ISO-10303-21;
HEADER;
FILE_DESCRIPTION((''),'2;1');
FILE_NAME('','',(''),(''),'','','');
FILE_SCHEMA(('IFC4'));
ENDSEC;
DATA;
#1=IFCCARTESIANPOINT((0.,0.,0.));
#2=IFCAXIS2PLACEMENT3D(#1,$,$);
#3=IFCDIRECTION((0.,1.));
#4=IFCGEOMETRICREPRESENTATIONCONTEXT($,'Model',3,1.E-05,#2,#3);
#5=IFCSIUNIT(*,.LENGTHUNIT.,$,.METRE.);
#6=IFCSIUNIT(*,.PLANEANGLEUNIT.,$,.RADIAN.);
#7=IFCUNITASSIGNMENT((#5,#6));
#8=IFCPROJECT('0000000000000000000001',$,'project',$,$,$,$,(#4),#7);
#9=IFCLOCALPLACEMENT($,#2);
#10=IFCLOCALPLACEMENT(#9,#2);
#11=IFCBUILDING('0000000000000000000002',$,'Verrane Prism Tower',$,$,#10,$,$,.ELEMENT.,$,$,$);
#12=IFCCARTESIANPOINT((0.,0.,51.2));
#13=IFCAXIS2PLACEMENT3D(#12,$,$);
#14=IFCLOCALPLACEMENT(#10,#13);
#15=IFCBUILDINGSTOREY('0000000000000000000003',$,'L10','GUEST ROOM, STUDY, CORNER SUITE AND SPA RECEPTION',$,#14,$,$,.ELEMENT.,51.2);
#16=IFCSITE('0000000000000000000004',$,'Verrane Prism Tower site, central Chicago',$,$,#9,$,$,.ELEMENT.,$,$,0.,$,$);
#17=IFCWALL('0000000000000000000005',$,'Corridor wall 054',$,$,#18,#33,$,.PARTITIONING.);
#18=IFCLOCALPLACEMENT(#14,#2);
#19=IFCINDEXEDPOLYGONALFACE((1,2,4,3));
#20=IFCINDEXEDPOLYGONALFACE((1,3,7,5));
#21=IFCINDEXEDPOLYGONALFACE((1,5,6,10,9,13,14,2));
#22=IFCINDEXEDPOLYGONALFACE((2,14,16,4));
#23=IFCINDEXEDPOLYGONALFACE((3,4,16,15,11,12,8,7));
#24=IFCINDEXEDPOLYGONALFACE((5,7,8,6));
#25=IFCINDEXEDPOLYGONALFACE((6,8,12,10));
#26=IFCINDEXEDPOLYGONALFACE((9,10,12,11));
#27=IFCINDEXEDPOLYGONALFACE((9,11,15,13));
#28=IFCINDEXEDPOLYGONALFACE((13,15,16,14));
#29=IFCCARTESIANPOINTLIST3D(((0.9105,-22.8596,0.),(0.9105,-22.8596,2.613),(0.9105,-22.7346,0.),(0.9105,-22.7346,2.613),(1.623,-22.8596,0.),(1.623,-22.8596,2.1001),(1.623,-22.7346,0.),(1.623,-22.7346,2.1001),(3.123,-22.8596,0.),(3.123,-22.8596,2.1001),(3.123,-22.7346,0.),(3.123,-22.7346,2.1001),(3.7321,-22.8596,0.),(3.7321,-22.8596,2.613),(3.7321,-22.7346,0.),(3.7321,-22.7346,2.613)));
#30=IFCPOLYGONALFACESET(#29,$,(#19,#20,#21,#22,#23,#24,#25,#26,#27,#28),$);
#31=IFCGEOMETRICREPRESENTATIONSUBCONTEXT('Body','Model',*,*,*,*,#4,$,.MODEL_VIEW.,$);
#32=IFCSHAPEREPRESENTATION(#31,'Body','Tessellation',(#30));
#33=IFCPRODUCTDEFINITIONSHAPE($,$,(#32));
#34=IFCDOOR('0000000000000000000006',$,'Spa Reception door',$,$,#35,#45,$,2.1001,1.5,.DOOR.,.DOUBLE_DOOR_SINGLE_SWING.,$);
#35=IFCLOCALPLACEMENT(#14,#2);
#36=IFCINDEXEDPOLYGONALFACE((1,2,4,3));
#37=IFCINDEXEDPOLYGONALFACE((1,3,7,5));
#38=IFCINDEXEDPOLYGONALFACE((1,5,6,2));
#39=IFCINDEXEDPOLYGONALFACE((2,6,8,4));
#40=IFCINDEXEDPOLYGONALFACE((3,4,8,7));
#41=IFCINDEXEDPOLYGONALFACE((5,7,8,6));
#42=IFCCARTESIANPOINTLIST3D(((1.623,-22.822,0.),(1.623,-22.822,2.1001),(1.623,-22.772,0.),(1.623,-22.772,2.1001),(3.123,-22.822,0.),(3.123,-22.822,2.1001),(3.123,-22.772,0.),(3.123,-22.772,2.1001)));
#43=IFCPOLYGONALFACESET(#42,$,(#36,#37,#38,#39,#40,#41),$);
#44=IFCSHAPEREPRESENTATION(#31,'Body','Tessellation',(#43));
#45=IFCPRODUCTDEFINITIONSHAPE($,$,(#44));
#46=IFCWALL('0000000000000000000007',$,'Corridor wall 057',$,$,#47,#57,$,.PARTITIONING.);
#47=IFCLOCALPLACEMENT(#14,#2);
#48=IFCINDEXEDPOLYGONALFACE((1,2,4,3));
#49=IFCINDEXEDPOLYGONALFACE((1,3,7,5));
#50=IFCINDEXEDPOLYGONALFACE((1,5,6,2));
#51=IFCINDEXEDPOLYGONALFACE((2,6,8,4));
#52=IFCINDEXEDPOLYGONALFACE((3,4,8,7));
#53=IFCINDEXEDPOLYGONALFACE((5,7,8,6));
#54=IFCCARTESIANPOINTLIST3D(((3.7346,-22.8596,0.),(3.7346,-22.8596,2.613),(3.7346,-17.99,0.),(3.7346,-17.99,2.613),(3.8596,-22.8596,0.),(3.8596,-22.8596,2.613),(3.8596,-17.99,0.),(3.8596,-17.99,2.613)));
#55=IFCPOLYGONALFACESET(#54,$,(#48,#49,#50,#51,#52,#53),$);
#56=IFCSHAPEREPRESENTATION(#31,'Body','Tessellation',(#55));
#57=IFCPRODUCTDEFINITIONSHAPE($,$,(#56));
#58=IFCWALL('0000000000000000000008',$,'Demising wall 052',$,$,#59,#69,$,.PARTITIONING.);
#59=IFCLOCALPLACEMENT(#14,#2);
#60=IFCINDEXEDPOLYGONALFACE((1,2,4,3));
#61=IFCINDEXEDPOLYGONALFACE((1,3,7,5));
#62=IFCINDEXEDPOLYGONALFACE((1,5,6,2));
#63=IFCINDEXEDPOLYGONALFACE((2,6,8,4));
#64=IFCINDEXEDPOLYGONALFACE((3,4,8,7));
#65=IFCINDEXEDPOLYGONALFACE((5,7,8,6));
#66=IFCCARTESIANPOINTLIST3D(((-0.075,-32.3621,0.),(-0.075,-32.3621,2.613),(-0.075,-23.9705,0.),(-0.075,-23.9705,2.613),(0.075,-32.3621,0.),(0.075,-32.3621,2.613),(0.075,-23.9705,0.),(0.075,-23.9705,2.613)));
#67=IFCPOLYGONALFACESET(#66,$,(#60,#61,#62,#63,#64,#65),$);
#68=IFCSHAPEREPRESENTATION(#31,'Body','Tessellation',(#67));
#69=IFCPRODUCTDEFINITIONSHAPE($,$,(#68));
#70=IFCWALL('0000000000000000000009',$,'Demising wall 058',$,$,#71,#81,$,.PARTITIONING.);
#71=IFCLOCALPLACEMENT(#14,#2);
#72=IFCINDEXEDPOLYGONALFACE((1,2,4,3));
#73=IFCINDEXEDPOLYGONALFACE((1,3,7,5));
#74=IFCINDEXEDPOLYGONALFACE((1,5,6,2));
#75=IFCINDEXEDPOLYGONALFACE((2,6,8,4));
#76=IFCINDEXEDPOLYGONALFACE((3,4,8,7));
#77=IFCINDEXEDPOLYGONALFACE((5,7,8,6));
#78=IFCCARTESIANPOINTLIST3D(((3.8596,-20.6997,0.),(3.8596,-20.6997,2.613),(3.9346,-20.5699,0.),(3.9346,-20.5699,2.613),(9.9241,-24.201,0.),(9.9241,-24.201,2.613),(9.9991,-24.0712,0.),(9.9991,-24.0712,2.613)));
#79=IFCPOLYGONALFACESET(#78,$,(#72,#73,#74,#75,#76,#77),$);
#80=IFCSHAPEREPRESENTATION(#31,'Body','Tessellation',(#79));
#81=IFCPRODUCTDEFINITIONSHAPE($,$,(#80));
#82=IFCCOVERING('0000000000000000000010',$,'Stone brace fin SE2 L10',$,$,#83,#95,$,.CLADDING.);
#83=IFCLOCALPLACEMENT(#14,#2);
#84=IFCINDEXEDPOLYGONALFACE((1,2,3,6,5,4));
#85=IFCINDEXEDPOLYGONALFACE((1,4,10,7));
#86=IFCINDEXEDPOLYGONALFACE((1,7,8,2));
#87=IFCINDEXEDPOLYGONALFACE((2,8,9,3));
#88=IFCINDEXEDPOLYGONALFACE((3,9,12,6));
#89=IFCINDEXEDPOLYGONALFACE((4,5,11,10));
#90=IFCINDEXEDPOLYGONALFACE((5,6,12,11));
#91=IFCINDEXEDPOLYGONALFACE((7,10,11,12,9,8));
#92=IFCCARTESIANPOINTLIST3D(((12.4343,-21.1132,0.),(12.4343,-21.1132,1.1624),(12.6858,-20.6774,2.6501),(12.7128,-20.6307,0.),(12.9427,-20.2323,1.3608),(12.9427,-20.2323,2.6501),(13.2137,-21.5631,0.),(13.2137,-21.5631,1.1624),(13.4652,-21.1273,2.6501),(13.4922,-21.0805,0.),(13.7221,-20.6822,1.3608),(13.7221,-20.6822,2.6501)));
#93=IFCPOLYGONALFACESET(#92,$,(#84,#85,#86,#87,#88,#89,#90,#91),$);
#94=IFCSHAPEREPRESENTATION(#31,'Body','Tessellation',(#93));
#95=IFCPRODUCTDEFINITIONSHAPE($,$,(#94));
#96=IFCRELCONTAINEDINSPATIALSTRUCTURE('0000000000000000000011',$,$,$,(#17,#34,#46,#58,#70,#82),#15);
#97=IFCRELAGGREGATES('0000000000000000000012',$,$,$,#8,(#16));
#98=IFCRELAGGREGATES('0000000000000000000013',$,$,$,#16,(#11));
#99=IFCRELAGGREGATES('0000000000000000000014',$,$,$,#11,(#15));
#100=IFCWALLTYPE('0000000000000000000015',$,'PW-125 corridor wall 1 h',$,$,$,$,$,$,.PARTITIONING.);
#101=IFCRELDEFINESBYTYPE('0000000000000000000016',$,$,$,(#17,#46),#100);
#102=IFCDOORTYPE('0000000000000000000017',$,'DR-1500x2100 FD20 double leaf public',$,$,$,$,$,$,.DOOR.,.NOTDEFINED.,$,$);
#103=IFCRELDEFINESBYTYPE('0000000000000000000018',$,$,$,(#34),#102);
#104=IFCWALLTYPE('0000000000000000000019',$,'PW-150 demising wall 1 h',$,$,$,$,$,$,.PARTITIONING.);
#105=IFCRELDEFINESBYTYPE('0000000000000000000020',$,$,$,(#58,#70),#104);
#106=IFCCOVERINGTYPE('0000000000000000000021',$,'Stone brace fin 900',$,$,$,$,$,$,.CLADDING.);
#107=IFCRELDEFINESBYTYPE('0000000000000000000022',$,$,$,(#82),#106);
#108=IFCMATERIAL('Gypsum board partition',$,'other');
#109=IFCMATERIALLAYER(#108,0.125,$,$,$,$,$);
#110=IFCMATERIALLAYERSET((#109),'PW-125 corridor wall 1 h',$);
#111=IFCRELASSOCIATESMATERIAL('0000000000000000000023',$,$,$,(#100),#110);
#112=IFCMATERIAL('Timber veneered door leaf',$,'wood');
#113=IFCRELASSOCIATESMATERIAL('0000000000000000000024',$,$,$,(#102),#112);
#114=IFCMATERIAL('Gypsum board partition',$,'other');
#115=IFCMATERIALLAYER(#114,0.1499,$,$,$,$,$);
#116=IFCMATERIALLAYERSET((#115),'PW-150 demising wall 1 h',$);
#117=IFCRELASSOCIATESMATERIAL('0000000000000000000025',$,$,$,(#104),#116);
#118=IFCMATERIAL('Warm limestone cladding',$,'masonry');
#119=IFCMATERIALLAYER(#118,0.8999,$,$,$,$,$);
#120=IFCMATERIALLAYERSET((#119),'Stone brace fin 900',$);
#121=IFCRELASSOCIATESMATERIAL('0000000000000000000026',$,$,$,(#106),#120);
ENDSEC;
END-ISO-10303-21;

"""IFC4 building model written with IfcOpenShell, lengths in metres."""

from ifc_helpers import new_model, si_unit, direction, frame, frame_2d, origin, place, context, subcontext, project, spatial, polyline, rectangle, outline, extrude, material, layer, layer_set, type_object, element, fill, save


model = new_model("IFC4")

# Units and contexts
model_context = context("Model", 3, precision=1e-05, world=origin(), true_north=direction((0.0, 1.0)))
body_context = subcontext(model_context, "Body", "Model", "MODEL_VIEW")
ifc_project = project(units=[si_unit("LENGTHUNIT", "METRE"), si_unit("PLANEANGLEUNIT", "RADIAN")], contexts=[model_context])

# Site, building, storey
site_placement = place(None, origin())
site = spatial("IfcSite", under=ifc_project, at=site_placement, Name="Verrane Prism Tower site, central Chicago", CompositionType="ELEMENT", RefElevation=0.0)
building_placement = place(site_placement, origin())
building = spatial("IfcBuilding", under=site, at=building_placement, Name="Verrane Prism Tower", CompositionType="ELEMENT")
storey_placement = place(building_placement, frame((0.0, 0.0, 51.2)))
storey = spatial("IfcBuildingStorey", under=building, at=storey_placement, Name="L10", Description="GUEST ROOM, STUDY, CORNER SUITE AND SPA RECEPTION", CompositionType="ELEMENT", Elevation=51.2)

# Shared definitions
ifc_material_1 = material(Name="Gypsum board partition", Category="other")
ifc_layer_1 = layer(ifc_material_1, 0.125)
ifc_layer_set_1 = layer_set([ifc_layer_1], Name="PW-125 corridor wall 1 h")
wall_type_1 = type_object("IfcWallType", Name="PW-125 corridor wall 1 h", PredefinedType="PARTITIONING", material=ifc_layer_set_1)

# Wall, opening, door
wall_1_placement = place(storey_placement, frame((3.7319, -22.7971, 0.0), z_axis=(0.0, 0.0, 1.0), x_axis=(-1.0, 0.0, 0.0)))
wall_1 = element("IfcWall", 1, at=wall_1_placement, inside=storey, type_object=wall_type_1, Name="Corridor wall 054", PredefinedType="PARTITIONING", context=body_context, shape_type="SweptSolid", body=[
    extrude(rectangle(XDim=2.8215, YDim=0.125, at=frame_2d((1.4106, 0.0))), origin(), (0.0, 0.0, 1.0), 2.613),
])
opening_placement = place(wall_1_placement, frame((0.6089, 0.0, 0.0)))
opening = element("IfcOpeningElement", 2, at=opening_placement, cuts=wall_1, PredefinedType="OPENING", context=body_context, shape_type="SweptSolid", body=[
    extrude(rectangle(XDim=1.5, YDim=2.1001, at=frame_2d((0.75, 1.05))), frame((0.0, 0.0725, 0.0), z_axis=(0.0, -1.0, 0.0), x_axis=(1.0, 0.0, 0.0)), (0.0, 0.0, 1.0), 0.145),
])
ifc_material_2 = material(Name="Timber veneered door leaf", Category="wood")
door_type = type_object("IfcDoorType", Name="DR-1500x2100 FD20 double leaf public", OperationType="NOTDEFINED", PredefinedType="DOOR", material=ifc_material_2)
door_placement = place(opening_placement, origin())
door = element("IfcDoor", 3, at=door_placement, inside=storey, type_object=door_type, Name="Spa Reception door", OperationType="DOUBLE_DOOR_SINGLE_SWING", OverallHeight=2.1001, OverallWidth=1.5, PredefinedType="DOOR", context=body_context, shape_type="SweptSolid", body=[
    extrude(rectangle(XDim=1.5, YDim=2.1001, at=frame_2d((0.75, 1.05))), frame((0.0, 0.0249, 0.0), z_axis=(0.0, -1.0, 0.0), x_axis=(1.0, 0.0, 0.0)), (0.0, 0.0, 1.0), 0.05),
])
fill(opening, door)

# Walls
wall_2_placement = place(storey_placement, frame((3.7971, -22.8596, 0.0), z_axis=(0.0, 0.0, 1.0), x_axis=(0.0, 1.0, 0.0)))
element("IfcWall", 4, at=wall_2_placement, inside=storey, type_object=wall_type_1, Name="Corridor wall 057", PredefinedType="PARTITIONING", context=body_context, shape_type="SweptSolid", body=[
    extrude(rectangle(XDim=4.8696, YDim=0.125, at=frame_2d((2.4348, 0.0))), origin(), (0.0, 0.0, 1.0), 2.613),
])
ifc_material_3 = material(Name="Gypsum board partition", Category="other")
ifc_layer_2 = layer(ifc_material_3, 0.1499)
ifc_layer_set_2 = layer_set([ifc_layer_2], Name="PW-150 demising wall 1 h")
wall_type_2 = type_object("IfcWallType", Name="PW-150 demising wall 1 h", PredefinedType="PARTITIONING", material=ifc_layer_set_2)
wall_3_placement = place(storey_placement, frame((0.0, -32.3621, 0.0), z_axis=(0.0, 0.0, 1.0), x_axis=(0.0, 1.0, 0.0)))
element("IfcWall", 5, at=wall_3_placement, inside=storey, type_object=wall_type_2, Name="Demising wall 052", PredefinedType="PARTITIONING", context=body_context, shape_type="SweptSolid", body=[
    extrude(rectangle(XDim=8.3916, YDim=0.1499, at=frame_2d((4.1958, 0.0))), origin(), (0.0, 0.0, 1.0), 2.613),
])
wall_4_placement = place(storey_placement, frame((3.897, -20.6348, 0.0), z_axis=(0.0, 0.0, 1.0), x_axis=(0.866031, -0.49999, 0.0)))
element("IfcWall", 6, at=wall_4_placement, inside=storey, type_object=wall_type_2, Name="Demising wall 058", PredefinedType="PARTITIONING", context=body_context, shape_type="SweptSolid", body=[
    extrude(rectangle(XDim=7.0027, YDim=0.1499, at=frame_2d((3.5015, 0.0))), origin(), (0.0, 0.0, 1.0), 2.613),
])

# Covering
ifc_material_4 = material(Name="Warm limestone cladding", Category="masonry")
ifc_layer_3 = layer(ifc_material_4, 0.8999)
ifc_layer_set_3 = layer_set([ifc_layer_3], Name="Stone brace fin 900")
covering_type = type_object("IfcCoveringType", Name="Stone brace fin 900", PredefinedType="CLADDING", material=ifc_layer_set_3)
covering_placement = place(storey_placement, frame((12.824, -21.3381, 0.0), z_axis=(0.0, 0.0, 1.0), x_axis=(0.499882, 0.866094, 0.0)))
element("IfcCovering", 7, at=covering_placement, inside=storey, type_object=covering_type, Name="Stone brace fin SE2 L10", PredefinedType="CLADDING", context=body_context, shape_type="SweptSolid", body=[
    extrude(outline(polyline([(1.0171, 2.6501), (0.5032, 2.6501), (0.0, 1.1624), (0.0, 0.0), (0.5571, 0.0), (1.0171, 1.3608), (1.0171, 2.6501)])), frame((0.0, 0.45, 0.0), z_axis=(0.0, -1.0, 0.0), x_axis=(1.0, 0.0, 0.0)), (0.0, 0.0, 1.0), 0.8999),
])

save(model, "model.ifc")
